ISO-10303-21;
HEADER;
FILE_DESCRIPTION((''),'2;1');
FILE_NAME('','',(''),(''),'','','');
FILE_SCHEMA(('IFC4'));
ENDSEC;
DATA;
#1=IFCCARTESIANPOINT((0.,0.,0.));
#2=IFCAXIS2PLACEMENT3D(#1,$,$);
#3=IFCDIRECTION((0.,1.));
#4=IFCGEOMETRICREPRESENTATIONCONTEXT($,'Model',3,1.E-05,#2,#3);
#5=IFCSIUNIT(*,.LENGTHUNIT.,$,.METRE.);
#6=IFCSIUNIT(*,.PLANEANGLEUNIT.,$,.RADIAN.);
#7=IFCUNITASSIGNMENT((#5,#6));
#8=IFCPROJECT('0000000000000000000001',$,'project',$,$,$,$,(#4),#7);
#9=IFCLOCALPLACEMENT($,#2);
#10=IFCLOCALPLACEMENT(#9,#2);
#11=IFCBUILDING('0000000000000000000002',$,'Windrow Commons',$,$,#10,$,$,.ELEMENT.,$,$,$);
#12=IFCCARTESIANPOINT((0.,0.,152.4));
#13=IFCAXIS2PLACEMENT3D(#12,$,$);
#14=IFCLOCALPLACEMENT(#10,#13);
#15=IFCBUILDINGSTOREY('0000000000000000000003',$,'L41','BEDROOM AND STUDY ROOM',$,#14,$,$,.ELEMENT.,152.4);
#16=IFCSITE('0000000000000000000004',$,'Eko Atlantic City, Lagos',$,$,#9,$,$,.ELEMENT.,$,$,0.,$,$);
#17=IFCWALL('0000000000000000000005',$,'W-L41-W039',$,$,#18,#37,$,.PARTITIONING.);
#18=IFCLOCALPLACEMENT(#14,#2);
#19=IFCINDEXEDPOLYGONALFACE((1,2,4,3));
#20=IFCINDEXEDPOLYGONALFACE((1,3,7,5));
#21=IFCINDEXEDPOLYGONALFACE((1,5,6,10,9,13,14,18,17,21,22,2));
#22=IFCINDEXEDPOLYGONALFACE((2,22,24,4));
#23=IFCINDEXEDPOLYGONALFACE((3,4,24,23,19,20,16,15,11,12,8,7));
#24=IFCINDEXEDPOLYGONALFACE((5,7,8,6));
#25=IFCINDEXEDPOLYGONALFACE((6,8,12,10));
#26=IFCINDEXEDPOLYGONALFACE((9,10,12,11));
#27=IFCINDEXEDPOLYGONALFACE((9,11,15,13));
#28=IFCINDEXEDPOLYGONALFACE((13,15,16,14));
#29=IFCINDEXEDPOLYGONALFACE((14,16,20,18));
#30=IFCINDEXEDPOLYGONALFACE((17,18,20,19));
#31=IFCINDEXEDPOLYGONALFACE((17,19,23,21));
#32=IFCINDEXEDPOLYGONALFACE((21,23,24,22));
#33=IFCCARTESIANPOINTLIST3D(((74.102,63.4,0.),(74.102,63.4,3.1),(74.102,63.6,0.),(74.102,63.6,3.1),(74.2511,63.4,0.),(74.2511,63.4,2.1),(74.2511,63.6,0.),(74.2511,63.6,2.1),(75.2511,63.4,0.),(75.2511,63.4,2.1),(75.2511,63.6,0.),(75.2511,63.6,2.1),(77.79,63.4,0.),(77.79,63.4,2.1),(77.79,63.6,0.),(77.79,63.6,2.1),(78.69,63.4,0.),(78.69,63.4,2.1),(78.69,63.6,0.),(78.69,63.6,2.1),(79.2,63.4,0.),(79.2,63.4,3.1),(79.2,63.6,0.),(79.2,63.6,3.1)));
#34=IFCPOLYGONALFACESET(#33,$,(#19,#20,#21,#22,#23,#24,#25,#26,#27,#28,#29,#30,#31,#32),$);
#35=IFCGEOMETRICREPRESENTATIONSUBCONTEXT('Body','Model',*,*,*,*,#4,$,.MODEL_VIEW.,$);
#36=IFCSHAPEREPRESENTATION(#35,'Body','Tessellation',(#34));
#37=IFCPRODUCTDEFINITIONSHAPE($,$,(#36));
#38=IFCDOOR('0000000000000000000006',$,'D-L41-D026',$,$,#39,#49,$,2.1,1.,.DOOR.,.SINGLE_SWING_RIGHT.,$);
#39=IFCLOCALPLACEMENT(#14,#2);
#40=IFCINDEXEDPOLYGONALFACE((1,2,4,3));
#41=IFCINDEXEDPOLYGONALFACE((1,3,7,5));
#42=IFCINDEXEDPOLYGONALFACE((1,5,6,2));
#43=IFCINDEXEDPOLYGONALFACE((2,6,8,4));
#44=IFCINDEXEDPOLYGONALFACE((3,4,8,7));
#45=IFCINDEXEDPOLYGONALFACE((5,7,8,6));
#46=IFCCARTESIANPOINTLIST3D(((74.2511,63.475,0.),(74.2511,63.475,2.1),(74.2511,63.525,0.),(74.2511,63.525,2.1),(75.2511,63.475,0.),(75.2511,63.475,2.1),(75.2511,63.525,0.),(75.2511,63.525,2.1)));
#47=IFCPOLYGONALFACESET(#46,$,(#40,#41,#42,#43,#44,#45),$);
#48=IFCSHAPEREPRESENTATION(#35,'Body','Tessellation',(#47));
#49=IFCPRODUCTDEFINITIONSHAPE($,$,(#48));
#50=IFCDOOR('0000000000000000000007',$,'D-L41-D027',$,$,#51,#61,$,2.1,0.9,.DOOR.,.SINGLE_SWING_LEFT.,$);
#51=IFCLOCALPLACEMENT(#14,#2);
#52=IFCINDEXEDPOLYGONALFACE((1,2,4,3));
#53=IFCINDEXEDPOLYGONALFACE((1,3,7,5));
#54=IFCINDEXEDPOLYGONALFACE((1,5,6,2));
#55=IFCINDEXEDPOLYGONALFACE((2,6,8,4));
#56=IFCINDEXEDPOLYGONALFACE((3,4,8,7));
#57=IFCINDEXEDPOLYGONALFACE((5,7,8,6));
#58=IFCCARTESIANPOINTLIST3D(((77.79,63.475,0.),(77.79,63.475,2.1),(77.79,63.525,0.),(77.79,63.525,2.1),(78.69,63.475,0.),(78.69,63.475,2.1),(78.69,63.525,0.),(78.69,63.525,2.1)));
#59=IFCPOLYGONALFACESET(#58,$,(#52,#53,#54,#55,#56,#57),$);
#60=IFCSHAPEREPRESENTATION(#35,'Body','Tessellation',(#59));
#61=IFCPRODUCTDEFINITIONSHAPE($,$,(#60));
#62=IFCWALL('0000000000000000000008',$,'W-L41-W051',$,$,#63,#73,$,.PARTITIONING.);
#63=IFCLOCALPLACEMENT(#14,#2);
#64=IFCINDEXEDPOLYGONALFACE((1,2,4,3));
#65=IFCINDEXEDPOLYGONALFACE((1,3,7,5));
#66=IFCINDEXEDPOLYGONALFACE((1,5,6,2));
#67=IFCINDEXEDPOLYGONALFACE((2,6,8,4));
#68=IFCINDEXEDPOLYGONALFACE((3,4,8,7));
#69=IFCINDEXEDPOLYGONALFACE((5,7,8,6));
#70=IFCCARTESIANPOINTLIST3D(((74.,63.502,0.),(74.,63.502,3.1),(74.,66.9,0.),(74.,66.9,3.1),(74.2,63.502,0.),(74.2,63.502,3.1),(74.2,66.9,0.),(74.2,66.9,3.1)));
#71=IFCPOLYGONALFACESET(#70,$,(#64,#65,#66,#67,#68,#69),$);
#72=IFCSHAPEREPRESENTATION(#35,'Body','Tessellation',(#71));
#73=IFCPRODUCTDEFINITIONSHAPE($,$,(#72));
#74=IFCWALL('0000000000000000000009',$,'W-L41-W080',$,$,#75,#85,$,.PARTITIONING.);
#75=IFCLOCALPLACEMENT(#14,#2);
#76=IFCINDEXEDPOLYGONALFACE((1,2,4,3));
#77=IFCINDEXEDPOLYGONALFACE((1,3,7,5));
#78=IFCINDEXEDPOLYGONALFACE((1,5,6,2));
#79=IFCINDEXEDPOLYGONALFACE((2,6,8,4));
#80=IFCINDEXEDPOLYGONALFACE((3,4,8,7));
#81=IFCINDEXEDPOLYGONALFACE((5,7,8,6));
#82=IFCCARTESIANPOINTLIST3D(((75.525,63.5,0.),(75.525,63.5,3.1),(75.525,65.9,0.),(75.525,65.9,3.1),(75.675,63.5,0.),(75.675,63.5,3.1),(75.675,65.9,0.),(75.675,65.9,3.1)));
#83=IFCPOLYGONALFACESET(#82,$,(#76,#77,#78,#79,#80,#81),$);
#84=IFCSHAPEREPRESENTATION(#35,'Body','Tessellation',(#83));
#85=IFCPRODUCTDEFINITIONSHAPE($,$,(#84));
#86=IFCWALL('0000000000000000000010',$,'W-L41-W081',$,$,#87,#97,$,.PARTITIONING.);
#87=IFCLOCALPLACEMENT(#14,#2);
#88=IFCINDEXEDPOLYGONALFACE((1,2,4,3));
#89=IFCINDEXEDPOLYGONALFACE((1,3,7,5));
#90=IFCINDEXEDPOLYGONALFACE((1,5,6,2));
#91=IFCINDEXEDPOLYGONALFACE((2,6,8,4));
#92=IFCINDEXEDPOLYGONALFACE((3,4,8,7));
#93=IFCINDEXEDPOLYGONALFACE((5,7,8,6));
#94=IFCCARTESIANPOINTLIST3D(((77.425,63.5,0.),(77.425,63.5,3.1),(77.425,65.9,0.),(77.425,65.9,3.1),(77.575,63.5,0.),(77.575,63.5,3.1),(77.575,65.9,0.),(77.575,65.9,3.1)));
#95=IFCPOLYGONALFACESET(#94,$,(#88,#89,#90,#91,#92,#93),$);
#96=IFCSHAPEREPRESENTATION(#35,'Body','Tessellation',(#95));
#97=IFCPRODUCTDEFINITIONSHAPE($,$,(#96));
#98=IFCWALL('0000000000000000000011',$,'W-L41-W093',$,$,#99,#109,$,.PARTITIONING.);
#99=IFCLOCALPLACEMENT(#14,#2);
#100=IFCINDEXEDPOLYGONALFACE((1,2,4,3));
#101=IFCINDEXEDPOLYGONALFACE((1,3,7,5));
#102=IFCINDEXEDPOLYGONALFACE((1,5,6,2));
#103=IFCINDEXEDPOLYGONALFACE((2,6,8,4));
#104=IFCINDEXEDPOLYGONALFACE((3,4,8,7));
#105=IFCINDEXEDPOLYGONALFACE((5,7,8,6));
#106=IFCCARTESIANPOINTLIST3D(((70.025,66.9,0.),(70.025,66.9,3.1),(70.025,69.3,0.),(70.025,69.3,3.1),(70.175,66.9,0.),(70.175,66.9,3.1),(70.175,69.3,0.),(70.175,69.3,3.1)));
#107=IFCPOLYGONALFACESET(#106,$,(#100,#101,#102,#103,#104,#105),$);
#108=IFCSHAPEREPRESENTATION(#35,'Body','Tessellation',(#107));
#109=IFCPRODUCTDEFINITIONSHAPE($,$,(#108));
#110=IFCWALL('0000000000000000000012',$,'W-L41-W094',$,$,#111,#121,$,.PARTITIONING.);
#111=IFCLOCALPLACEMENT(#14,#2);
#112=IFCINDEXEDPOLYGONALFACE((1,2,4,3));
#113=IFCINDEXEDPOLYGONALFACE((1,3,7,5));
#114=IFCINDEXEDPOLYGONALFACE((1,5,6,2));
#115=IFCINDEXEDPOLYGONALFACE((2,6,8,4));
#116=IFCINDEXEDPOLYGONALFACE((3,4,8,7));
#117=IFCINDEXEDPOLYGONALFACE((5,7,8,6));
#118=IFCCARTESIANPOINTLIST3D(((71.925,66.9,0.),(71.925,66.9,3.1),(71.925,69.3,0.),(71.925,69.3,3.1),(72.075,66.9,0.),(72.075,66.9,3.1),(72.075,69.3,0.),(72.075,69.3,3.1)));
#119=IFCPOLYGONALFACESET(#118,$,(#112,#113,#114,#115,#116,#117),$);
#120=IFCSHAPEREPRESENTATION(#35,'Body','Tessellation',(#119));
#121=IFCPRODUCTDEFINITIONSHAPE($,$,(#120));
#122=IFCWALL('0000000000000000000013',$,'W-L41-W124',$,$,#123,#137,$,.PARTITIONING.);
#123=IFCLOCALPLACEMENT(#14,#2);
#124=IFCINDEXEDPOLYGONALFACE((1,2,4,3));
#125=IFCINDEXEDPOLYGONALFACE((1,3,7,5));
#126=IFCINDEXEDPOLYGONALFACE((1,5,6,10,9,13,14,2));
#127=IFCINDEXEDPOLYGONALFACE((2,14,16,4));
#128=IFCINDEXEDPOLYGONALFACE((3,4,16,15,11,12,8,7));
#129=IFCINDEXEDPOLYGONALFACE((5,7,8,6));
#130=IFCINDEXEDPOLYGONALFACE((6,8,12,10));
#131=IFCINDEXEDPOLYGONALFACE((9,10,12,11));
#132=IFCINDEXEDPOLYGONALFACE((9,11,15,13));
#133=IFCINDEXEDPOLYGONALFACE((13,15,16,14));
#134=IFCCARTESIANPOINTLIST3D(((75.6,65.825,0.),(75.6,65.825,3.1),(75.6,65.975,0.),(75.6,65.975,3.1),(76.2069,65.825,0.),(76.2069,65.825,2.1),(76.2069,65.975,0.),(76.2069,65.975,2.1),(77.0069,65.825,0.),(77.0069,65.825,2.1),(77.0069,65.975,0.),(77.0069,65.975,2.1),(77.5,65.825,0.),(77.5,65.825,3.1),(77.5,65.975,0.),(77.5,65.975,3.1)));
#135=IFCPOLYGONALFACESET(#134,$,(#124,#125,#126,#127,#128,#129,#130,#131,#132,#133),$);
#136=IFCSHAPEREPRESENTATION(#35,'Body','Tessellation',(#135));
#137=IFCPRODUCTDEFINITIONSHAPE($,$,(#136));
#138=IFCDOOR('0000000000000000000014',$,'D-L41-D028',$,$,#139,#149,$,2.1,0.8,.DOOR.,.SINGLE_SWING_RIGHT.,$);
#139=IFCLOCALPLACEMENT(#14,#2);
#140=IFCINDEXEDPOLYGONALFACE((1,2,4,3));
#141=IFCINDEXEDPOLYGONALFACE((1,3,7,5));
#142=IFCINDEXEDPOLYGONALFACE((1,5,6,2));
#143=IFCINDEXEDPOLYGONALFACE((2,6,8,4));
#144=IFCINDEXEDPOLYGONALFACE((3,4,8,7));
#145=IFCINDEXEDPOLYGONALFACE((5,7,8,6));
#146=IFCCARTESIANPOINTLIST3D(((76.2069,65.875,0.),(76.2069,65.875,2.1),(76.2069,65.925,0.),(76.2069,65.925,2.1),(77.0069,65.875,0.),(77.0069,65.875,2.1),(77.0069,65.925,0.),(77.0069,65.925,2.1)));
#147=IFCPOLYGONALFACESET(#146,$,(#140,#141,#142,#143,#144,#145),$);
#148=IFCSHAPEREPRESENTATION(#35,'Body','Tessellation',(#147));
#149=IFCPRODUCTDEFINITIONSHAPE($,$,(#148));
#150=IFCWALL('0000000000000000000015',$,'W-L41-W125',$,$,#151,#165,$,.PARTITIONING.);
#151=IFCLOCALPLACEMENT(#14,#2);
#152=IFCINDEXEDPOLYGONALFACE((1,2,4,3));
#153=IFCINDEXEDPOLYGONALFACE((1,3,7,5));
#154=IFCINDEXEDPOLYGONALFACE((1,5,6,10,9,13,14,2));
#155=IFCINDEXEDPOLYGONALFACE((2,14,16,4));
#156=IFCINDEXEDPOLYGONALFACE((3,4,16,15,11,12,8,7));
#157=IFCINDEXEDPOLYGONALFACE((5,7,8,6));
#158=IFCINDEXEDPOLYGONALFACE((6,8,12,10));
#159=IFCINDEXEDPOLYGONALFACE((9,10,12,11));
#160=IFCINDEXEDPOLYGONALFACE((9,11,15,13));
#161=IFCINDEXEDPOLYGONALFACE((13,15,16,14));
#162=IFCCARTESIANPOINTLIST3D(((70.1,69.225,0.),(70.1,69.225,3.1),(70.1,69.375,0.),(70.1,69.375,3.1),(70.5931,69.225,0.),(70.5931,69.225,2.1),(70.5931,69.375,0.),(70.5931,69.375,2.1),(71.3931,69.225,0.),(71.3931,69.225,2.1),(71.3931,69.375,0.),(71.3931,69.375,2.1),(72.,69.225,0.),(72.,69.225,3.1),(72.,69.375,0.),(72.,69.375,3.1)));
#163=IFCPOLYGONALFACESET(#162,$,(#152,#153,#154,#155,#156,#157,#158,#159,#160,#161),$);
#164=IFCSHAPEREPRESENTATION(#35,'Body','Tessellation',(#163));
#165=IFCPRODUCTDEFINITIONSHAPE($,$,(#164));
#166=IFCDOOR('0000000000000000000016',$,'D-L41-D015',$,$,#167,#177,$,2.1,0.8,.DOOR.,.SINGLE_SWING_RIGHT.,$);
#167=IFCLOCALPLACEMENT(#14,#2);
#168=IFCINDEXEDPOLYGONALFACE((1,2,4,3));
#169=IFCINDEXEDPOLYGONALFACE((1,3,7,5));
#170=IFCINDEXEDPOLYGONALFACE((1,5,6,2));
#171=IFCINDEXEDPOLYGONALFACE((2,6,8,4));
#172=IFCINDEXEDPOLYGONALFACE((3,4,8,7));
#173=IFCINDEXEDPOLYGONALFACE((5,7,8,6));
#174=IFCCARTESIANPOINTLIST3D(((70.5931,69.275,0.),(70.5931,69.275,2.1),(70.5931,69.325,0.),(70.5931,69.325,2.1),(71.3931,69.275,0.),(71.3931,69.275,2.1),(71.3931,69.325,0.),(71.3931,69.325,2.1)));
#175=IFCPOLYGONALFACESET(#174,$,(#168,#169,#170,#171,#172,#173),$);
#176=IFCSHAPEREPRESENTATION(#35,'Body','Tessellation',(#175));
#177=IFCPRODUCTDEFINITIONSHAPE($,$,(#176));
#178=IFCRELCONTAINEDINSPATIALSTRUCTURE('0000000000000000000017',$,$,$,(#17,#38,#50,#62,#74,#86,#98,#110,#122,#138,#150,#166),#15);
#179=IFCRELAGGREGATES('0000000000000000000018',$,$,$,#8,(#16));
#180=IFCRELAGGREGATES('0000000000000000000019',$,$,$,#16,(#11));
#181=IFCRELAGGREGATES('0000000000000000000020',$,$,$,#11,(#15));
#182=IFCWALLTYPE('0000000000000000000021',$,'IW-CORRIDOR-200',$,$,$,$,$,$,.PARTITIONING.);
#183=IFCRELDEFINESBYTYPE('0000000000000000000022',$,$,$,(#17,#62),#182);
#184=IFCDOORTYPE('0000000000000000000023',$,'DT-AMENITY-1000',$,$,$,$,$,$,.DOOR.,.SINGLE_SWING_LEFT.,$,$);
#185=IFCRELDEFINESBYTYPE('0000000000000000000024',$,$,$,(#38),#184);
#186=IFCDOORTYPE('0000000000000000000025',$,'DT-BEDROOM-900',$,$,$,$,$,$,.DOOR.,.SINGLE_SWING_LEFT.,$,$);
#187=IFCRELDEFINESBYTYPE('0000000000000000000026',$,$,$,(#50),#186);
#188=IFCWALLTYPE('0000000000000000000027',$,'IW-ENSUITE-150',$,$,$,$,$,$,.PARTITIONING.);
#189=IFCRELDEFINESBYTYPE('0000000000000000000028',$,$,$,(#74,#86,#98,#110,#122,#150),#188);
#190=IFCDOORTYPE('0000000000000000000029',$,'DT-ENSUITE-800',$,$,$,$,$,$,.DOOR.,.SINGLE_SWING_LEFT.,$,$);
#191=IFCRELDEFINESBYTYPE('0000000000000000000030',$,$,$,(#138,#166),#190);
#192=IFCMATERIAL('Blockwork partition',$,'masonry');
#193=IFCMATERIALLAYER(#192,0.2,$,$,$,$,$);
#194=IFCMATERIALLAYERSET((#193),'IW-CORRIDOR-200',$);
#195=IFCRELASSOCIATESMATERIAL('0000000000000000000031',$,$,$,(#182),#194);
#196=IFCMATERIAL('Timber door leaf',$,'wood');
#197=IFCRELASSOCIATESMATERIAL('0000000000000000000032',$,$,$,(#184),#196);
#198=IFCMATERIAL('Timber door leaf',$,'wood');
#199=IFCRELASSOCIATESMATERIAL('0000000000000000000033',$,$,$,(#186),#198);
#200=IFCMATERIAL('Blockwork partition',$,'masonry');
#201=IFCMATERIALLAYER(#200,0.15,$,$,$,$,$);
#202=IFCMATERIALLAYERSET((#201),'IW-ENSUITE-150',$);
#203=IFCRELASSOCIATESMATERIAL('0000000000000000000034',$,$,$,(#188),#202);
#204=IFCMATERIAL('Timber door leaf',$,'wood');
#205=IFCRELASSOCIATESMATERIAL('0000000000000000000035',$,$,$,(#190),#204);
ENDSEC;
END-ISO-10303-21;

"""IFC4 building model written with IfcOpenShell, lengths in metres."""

from ifc_helpers import new_model, si_unit, direction, frame, frame_2d, origin, place, context, subcontext, project, spatial, rectangle, extrude, material, layer, layer_set, type_object, element, fill, save


model = new_model("IFC4")

# Units and contexts
model_context = context("Model", 3, precision=1e-05, world=origin(), true_north=direction((0.0, 1.0)))
body_context = subcontext(model_context, "Body", "Model", "MODEL_VIEW")
ifc_project = project(units=[si_unit("LENGTHUNIT", "METRE"), si_unit("PLANEANGLEUNIT", "RADIAN")], contexts=[model_context])

# Site, building, storey
site_placement = place(None, origin())
site = spatial("IfcSite", under=ifc_project, at=site_placement, Name="Eko Atlantic City, Lagos", CompositionType="ELEMENT", RefElevation=0.0)
building_placement = place(site_placement, origin())
building = spatial("IfcBuilding", under=site, at=building_placement, Name="Windrow Commons", CompositionType="ELEMENT")
storey_placement = place(building_placement, frame((0.0, 0.0, 152.4)))
storey = spatial("IfcBuildingStorey", under=building, at=storey_placement, Name="L41", Description="BEDROOM AND STUDY ROOM", CompositionType="ELEMENT", Elevation=152.4)

# Wall, openings, doors
ifc_material_1 = material(Name="Blockwork partition", Category="masonry")
ifc_layer_1 = layer(ifc_material_1, 0.2)
ifc_layer_set_1 = layer_set([ifc_layer_1], Name="IW-CORRIDOR-200")
wall_type_1 = type_object("IfcWallType", Name="IW-CORRIDOR-200", PredefinedType="PARTITIONING", material=ifc_layer_set_1)
wall_1_placement = place(storey_placement, frame((74.102, 63.5, 0.0), z_axis=(0.0, 0.0, 1.0), x_axis=(1.0, 0.0, 0.0)))
wall_1 = element("IfcWall", 1, at=wall_1_placement, inside=storey, type_object=wall_type_1, Name="W-L41-W039", PredefinedType="PARTITIONING", context=body_context, shape_type="SweptSolid", body=[
    extrude(rectangle(XDim=5.098, YDim=0.2, at=frame_2d((2.549, 0.0))), origin(), (0.0, 0.0, 1.0), 3.1),
])
opening_1_placement = place(wall_1_placement, frame((0.1491, 0.0, 0.0)))
opening_1 = element("IfcOpeningElement", 2, at=opening_1_placement, cuts=wall_1, PredefinedType="OPENING", context=body_context, shape_type="SweptSolid", body=[
    extrude(rectangle(XDim=1.0, YDim=2.1, at=frame_2d((0.5, 1.05))), frame((0.0, 0.11, 0.0), z_axis=(0.0, -1.0, 0.0), x_axis=(1.0, 0.0, 0.0)), (0.0, 0.0, 1.0), 0.22),
])
opening_2_placement = place(wall_1_placement, frame((3.688, 0.0, 0.0)))
opening_2 = element("IfcOpeningElement", 3, at=opening_2_placement, cuts=wall_1, PredefinedType="OPENING", context=body_context, shape_type="SweptSolid", body=[
    extrude(rectangle(XDim=0.9, YDim=2.1, at=frame_2d((0.45, 1.05))), frame((0.0, 0.11, 0.0), z_axis=(0.0, -1.0, 0.0), x_axis=(1.0, 0.0, 0.0)), (0.0, 0.0, 1.0), 0.22),
])
ifc_material_2 = material(Name="Timber door leaf", Category="wood")
door_type_1 = type_object("IfcDoorType", Name="DT-AMENITY-1000", OperationType="SINGLE_SWING_LEFT", PredefinedType="DOOR", material=ifc_material_2)
door_1_placement = place(opening_1_placement, origin())
door_1 = element("IfcDoor", 4, at=door_1_placement, inside=storey, type_object=door_type_1, Name="D-L41-D026", OperationType="SINGLE_SWING_RIGHT", OverallHeight=2.1, OverallWidth=1.0, PredefinedType="DOOR", context=body_context, shape_type="SweptSolid", body=[
    extrude(rectangle(XDim=1.0, YDim=2.1, at=frame_2d((0.5, 1.05))), frame((0.0, 0.025, 0.0), z_axis=(0.0, -1.0, 0.0), x_axis=(1.0, 0.0, 0.0)), (0.0, 0.0, 1.0), 0.05),
])
fill(opening_1, door_1)
ifc_material_3 = material(Name="Timber door leaf", Category="wood")
door_type_2 = type_object("IfcDoorType", Name="DT-BEDROOM-900", OperationType="SINGLE_SWING_LEFT", PredefinedType="DOOR", material=ifc_material_3)
door_2_placement = place(opening_2_placement, origin())
door_2 = element("IfcDoor", 5, at=door_2_placement, inside=storey, type_object=door_type_2, Name="D-L41-D027", OperationType="SINGLE_SWING_LEFT", OverallHeight=2.1, OverallWidth=0.9, PredefinedType="DOOR", context=body_context, shape_type="SweptSolid", body=[
    extrude(rectangle(XDim=0.9, YDim=2.1, at=frame_2d((0.45, 1.05))), frame((0.0, 0.025, 0.0), z_axis=(0.0, -1.0, 0.0), x_axis=(1.0, 0.0, 0.0)), (0.0, 0.0, 1.0), 0.05),
])
fill(opening_2, door_2)

# Walls
wall_2_placement = place(storey_placement, frame((74.1, 63.502, 0.0), z_axis=(0.0, 0.0, 1.0), x_axis=(0.0, 1.0, 0.0)))
element("IfcWall", 6, at=wall_2_placement, inside=storey, type_object=wall_type_1, Name="W-L41-W051", PredefinedType="PARTITIONING", context=body_context, shape_type="SweptSolid", body=[
    extrude(rectangle(XDim=3.398, YDim=0.2, at=frame_2d((1.699, 0.0))), origin(), (0.0, 0.0, 1.0), 3.1),
])
ifc_material_4 = material(Name="Blockwork partition", Category="masonry")
ifc_layer_2 = layer(ifc_material_4, 0.15)
ifc_layer_set_2 = layer_set([ifc_layer_2], Name="IW-ENSUITE-150")
wall_type_2 = type_object("IfcWallType", Name="IW-ENSUITE-150", PredefinedType="PARTITIONING", material=ifc_layer_set_2)
for number, where, z_axis, x_axis, name in (
    (7, (75.6, 63.5, 0.0), (0.0, 0.0, 1.0), (0.0, 1.0, 0.0), "W-L41-W080"),
    (8, (77.5, 63.5, 0.0), (0.0, 0.0, 1.0), (0.0, 1.0, 0.0), "W-L41-W081"),
    (9, (70.1, 66.9, 0.0), (0.0, 0.0, 1.0), (0.0, 1.0, 0.0), "W-L41-W093"),
    (10, (72.0, 66.9, 0.0), (0.0, 0.0, 1.0), (0.0, 1.0, 0.0), "W-L41-W094"),
):
    element("IfcWall", number, at=place(storey_placement, frame(where, z_axis=z_axis, x_axis=x_axis)), inside=storey, type_object=wall_type_2, Name=name, PredefinedType="PARTITIONING", context=body_context, shape_type="SweptSolid", body=[
        extrude(rectangle(XDim=2.4, YDim=0.15, at=frame_2d((1.2, 0.0))), origin(), (0.0, 0.0, 1.0), 3.1),
    ])

# Walls, openings, doors
wall_3_placement = place(storey_placement, frame((75.6, 65.9, 0.0), z_axis=(0.0, 0.0, 1.0), x_axis=(1.0, 0.0, 0.0)))
wall_3 = element("IfcWall", 11, at=wall_3_placement, inside=storey, type_object=wall_type_2, Name="W-L41-W124", PredefinedType="PARTITIONING", context=body_context, shape_type="SweptSolid", body=[
    extrude(rectangle(XDim=1.9, YDim=0.15, at=frame_2d((0.95, 0.0))), origin(), (0.0, 0.0, 1.0), 3.1),
])
opening_3_placement = place(wall_3_placement, frame((0.6069, 0.0, 0.0)))
opening_3 = element("IfcOpeningElement", 12, at=opening_3_placement, cuts=wall_3, PredefinedType="OPENING", context=body_context, shape_type="SweptSolid", body=[
    extrude(rectangle(XDim=0.8, YDim=2.1, at=frame_2d((0.4, 1.05))), frame((0.0, 0.085, 0.0), z_axis=(0.0, -1.0, 0.0), x_axis=(1.0, 0.0, 0.0)), (0.0, 0.0, 1.0), 0.17),
])
ifc_material_5 = material(Name="Timber door leaf", Category="wood")
door_type_3 = type_object("IfcDoorType", Name="DT-ENSUITE-800", OperationType="SINGLE_SWING_LEFT", PredefinedType="DOOR", material=ifc_material_5)
door_3_placement = place(opening_3_placement, origin())
door_3 = element("IfcDoor", 13, at=door_3_placement, inside=storey, type_object=door_type_3, Name="D-L41-D028", OperationType="SINGLE_SWING_RIGHT", OverallHeight=2.1, OverallWidth=0.8, PredefinedType="DOOR", context=body_context, shape_type="SweptSolid", body=[
    extrude(rectangle(XDim=0.8, YDim=2.1, at=frame_2d((0.4, 1.05))), frame((0.0, 0.025, 0.0), z_axis=(0.0, -1.0, 0.0), x_axis=(1.0, 0.0, 0.0)), (0.0, 0.0, 1.0), 0.05),
])
fill(opening_3, door_3)
wall_4_placement = place(storey_placement, frame((70.1, 69.3, 0.0), z_axis=(0.0, 0.0, 1.0), x_axis=(1.0, 0.0, 0.0)))
wall_4 = element("IfcWall", 14, at=wall_4_placement, inside=storey, type_object=wall_type_2, Name="W-L41-W125", PredefinedType="PARTITIONING", context=body_context, shape_type="SweptSolid", body=[
    extrude(rectangle(XDim=1.9, YDim=0.15, at=frame_2d((0.95, 0.0))), origin(), (0.0, 0.0, 1.0), 3.1),
])
opening_4_placement = place(wall_4_placement, frame((0.4931, 0.0, 0.0)))
opening_4 = element("IfcOpeningElement", 15, at=opening_4_placement, cuts=wall_4, PredefinedType="OPENING", context=body_context, shape_type="SweptSolid", body=[
    extrude(rectangle(XDim=0.8, YDim=2.1, at=frame_2d((0.4, 1.05))), frame((0.0, 0.085, 0.0), z_axis=(0.0, -1.0, 0.0), x_axis=(1.0, 0.0, 0.0)), (0.0, 0.0, 1.0), 0.17),
])
door_4_placement = place(opening_4_placement, origin())
door_4 = element("IfcDoor", 16, at=door_4_placement, inside=storey, type_object=door_type_3, Name="D-L41-D015", OperationType="SINGLE_SWING_RIGHT", OverallHeight=2.1, OverallWidth=0.8, PredefinedType="DOOR", context=body_context, shape_type="SweptSolid", body=[
    extrude(rectangle(XDim=0.8, YDim=2.1, at=frame_2d((0.4, 1.05))), frame((0.0, 0.025, 0.0), z_axis=(0.0, -1.0, 0.0), x_axis=(1.0, 0.0, 0.0)), (0.0, 0.0, 1.0), 0.05),
])
fill(opening_4, door_4)

save(model, "model.ifc")
